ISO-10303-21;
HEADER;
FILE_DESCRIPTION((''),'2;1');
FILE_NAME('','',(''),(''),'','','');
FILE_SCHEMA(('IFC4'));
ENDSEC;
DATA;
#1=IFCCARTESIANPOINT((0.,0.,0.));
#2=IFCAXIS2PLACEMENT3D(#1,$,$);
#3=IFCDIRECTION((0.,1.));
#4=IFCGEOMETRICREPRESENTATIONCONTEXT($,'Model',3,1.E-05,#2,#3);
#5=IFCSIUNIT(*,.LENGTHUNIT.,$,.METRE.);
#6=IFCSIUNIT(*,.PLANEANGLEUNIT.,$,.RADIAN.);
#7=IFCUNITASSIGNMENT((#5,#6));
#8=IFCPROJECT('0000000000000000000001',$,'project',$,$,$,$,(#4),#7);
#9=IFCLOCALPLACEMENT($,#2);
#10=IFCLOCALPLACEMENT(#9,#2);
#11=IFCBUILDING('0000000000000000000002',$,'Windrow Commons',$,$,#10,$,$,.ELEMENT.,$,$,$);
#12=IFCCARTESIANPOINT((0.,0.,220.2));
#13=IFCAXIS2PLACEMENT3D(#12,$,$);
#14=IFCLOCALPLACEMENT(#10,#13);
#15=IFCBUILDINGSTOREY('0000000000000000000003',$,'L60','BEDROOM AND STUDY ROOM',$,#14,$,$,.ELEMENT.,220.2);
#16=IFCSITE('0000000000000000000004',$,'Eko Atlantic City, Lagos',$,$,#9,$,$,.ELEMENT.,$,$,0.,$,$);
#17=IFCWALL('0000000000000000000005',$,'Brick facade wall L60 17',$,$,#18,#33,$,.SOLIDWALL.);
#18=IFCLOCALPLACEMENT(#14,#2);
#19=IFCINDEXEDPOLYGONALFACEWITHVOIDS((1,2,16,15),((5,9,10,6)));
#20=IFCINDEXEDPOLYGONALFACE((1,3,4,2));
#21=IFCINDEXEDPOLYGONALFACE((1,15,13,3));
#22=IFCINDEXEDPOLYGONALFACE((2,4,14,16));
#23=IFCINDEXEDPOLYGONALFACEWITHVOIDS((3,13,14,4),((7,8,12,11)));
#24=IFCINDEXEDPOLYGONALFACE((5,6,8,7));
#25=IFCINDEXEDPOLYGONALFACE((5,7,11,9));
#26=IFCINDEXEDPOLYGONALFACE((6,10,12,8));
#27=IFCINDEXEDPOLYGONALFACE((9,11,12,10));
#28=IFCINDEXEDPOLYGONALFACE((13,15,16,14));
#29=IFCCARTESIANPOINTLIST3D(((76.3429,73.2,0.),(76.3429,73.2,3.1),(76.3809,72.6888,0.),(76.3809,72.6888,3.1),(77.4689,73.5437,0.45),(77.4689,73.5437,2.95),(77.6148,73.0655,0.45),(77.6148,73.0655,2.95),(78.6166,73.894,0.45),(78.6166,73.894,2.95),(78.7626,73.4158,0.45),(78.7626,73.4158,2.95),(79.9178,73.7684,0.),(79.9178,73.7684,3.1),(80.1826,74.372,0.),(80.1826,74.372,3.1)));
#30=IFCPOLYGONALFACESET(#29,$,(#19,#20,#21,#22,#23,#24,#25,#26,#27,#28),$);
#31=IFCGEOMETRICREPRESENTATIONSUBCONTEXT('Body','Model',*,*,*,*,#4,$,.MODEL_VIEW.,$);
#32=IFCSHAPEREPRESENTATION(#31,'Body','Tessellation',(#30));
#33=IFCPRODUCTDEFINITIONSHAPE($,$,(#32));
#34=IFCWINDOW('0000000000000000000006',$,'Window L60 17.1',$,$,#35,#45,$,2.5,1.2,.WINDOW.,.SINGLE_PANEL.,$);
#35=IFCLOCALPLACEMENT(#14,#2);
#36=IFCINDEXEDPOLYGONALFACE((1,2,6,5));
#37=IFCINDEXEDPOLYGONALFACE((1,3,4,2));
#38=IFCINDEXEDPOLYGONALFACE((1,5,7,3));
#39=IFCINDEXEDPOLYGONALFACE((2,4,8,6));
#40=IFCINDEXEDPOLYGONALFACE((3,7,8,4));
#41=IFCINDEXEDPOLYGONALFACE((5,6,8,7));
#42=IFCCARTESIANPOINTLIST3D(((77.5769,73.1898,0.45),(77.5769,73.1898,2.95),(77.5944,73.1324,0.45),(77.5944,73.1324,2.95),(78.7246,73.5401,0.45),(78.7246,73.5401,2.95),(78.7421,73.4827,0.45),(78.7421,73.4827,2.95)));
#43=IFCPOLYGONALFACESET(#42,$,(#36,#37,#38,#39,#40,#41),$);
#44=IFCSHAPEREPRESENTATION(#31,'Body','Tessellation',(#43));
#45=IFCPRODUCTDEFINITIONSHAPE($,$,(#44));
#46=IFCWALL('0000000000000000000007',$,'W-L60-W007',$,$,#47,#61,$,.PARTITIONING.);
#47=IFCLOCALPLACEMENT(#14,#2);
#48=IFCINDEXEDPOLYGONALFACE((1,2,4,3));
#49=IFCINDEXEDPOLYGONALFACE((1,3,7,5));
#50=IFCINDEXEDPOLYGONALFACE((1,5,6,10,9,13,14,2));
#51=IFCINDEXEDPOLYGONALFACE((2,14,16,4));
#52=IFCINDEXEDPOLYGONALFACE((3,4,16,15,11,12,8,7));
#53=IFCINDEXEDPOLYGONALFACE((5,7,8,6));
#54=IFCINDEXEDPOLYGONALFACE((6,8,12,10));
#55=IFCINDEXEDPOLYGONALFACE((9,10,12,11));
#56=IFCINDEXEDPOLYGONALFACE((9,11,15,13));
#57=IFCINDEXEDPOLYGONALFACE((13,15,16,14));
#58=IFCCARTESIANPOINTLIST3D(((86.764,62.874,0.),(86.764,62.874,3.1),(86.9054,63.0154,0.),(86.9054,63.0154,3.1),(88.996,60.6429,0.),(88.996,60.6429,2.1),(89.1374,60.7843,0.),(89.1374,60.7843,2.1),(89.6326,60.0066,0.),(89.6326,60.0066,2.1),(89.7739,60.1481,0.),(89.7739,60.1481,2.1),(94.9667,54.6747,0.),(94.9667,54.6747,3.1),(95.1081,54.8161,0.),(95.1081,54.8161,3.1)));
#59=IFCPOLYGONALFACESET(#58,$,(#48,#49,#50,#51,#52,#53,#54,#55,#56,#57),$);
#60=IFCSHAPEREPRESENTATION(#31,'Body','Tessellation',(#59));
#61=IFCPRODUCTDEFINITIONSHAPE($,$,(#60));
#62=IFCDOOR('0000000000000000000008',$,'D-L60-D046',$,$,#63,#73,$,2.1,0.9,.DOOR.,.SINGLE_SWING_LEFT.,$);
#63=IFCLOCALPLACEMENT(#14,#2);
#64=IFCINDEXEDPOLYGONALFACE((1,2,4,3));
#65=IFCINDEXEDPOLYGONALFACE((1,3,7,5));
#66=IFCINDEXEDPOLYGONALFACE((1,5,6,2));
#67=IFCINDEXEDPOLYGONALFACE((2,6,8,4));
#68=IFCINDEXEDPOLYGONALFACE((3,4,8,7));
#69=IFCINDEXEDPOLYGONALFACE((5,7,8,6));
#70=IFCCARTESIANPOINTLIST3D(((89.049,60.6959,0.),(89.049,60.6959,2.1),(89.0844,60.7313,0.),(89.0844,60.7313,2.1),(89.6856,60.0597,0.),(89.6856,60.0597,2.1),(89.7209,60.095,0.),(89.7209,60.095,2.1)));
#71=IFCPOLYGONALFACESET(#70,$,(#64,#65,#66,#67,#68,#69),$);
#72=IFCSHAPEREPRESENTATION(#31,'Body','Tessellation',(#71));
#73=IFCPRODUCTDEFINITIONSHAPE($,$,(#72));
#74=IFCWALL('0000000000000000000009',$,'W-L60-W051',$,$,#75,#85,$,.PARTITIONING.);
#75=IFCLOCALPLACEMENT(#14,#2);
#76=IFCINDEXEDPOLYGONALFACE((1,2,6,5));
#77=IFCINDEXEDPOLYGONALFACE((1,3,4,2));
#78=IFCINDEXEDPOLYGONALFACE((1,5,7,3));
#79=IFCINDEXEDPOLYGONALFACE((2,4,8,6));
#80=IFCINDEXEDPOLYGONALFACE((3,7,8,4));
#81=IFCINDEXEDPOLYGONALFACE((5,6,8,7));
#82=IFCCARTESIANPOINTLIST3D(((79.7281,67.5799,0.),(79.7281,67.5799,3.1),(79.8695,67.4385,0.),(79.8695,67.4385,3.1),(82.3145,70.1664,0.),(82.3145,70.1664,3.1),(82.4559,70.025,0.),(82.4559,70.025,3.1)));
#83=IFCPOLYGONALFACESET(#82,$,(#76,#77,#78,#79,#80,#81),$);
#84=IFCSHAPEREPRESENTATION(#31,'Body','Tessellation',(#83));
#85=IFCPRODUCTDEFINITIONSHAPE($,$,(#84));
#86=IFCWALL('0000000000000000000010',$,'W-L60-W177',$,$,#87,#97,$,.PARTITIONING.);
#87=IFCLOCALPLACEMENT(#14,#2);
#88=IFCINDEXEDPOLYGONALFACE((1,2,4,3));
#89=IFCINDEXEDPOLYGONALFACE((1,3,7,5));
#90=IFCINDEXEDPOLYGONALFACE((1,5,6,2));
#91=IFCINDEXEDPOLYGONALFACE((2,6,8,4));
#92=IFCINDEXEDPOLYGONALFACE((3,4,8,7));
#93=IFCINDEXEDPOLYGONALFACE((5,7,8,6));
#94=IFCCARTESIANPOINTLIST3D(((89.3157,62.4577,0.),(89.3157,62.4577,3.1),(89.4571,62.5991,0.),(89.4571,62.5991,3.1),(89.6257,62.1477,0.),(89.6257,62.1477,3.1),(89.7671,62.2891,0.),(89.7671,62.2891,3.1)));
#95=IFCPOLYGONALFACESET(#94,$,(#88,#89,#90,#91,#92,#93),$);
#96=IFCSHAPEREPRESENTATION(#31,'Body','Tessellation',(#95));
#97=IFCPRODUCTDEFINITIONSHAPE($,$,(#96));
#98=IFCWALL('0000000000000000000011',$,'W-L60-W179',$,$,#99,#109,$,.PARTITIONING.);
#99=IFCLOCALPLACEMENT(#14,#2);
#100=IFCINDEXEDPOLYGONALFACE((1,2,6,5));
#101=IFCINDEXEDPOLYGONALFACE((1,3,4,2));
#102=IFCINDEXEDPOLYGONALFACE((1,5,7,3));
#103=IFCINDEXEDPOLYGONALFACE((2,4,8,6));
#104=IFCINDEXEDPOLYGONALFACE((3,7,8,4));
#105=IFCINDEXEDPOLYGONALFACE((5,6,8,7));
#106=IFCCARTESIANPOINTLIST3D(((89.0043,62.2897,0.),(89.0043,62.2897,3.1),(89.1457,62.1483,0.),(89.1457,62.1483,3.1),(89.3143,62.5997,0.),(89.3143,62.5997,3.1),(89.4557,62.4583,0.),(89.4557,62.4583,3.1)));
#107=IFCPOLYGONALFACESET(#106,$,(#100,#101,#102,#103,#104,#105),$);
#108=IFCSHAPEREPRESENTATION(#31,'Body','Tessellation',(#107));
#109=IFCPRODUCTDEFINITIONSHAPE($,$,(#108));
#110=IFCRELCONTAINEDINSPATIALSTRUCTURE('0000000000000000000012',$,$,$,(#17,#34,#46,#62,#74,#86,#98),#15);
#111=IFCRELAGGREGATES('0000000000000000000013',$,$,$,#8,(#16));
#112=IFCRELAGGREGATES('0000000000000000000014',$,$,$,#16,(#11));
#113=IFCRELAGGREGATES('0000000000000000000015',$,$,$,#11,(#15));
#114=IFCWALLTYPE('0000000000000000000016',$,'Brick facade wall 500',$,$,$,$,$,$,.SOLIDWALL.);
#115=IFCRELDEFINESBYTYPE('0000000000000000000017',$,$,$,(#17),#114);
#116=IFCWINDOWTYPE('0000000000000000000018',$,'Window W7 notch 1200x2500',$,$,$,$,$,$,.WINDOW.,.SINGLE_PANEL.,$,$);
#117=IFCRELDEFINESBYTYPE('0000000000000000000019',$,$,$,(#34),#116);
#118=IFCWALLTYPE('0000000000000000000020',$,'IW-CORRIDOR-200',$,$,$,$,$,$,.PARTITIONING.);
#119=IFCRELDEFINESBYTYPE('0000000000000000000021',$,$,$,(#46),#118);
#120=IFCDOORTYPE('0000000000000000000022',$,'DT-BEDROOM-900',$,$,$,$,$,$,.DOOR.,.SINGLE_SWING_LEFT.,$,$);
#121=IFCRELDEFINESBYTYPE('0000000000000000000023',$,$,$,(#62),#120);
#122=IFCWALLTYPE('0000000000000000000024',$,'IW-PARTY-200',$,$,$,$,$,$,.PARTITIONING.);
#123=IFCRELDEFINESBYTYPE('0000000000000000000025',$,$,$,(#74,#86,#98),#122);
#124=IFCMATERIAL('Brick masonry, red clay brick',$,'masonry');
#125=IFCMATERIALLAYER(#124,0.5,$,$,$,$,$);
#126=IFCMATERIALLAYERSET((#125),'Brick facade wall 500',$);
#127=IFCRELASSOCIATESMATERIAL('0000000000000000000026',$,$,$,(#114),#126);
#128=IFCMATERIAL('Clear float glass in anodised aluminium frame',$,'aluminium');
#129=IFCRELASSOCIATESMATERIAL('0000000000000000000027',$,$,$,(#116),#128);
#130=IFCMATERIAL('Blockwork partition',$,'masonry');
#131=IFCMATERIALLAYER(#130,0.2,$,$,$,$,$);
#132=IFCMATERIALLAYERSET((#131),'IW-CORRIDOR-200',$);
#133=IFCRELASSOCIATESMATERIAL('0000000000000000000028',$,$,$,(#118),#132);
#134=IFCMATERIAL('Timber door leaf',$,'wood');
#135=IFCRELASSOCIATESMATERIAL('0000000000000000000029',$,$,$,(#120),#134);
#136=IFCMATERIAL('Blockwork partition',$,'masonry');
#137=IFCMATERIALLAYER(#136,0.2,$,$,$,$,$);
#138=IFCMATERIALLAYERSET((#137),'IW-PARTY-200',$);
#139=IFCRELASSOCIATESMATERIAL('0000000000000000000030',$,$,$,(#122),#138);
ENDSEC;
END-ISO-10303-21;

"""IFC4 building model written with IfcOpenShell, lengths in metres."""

from ifc_helpers import new_model, si_unit, direction, frame, frame_2d, origin, place, context, subcontext, project, spatial, polyline, rectangle, outline, extrude, material, layer, layer_set, type_object, element, fill, save


model = new_model("IFC4")

# Units and contexts
model_context = context("Model", 3, precision=1e-05, world=origin(), true_north=direction((0.0, 1.0)))
body_context = subcontext(model_context, "Body", "Model", "MODEL_VIEW")
ifc_project = project(units=[si_unit("LENGTHUNIT", "METRE"), si_unit("PLANEANGLEUNIT", "RADIAN")], contexts=[model_context])

# Site, building, storey
site_placement = place(None, origin())
site = spatial("IfcSite", under=ifc_project, at=site_placement, Name="Eko Atlantic City, Lagos", CompositionType="ELEMENT", RefElevation=0.0)
building_placement = place(site_placement, origin())
building = spatial("IfcBuilding", under=site, at=building_placement, Name="Windrow Commons", CompositionType="ELEMENT")
storey_placement = place(building_placement, frame((0.0, 0.0, 220.2)))
storey = spatial("IfcBuildingStorey", under=building, at=storey_placement, Name="L60", Description="BEDROOM AND STUDY ROOM", CompositionType="ELEMENT", Elevation=220.2)

# Wall, opening, window
ifc_material_1 = material(Name="Brick masonry, red clay brick", Category="masonry")
ifc_layer_1 = layer(ifc_material_1, 0.5)
ifc_layer_set_1 = layer_set([ifc_layer_1], Name="Brick facade wall 500")
wall_type_1 = type_object("IfcWallType", Name="Brick facade wall 500", PredefinedType="SOLIDWALL", material=ifc_layer_set_1)
ifc_material_2 = material(Name="Clear float glass in anodised aluminium frame", Category="aluminium")
window_type = type_object("IfcWindowType", Name="Window W7 notch 1200x2500", PartitioningType="SINGLE_PANEL", PredefinedType="WINDOW", material=ifc_material_2)
wall_1_placement = place(storey_placement, frame((80.0502, 74.0702, 0.0), z_axis=(0.0, 0.0, 1.0), x_axis=(-0.956437, -0.291939, 0.0)))
wall_1 = element("IfcWall", 1, at=wall_1_placement, inside=storey, type_object=wall_type_1, Name="Brick facade wall L60 17", PredefinedType="SOLIDWALL", context=body_context, shape_type="SweptSolid", body=[
    extrude(outline(polyline([(-0.2147, -0.25), (3.7998, -0.25), (3.9127, 0.25), (0.2147, 0.25), (-0.2147, -0.25)])), origin(), (0.0, 0.0, 1.0), 3.1),
])
opening_1_placement = place(wall_1_placement, frame((1.4226, 0.0, 0.45)))
opening_1 = element("IfcOpeningElement", 2, at=opening_1_placement, cuts=wall_1, PredefinedType="OPENING", context=body_context, shape_type="SweptSolid", body=[
    extrude(rectangle(XDim=1.2, YDim=2.5, at=frame_2d((0.6, 1.25))), frame((0.0, 0.26, 0.0), z_axis=(0.0, -1.0, 0.0), x_axis=(1.0, 0.0, 0.0)), (0.0, 0.0, 1.0), 0.52),
])
window_1_placement = place(opening_1_placement, origin())
window_1 = element("IfcWindow", 3, at=window_1_placement, inside=storey, type_object=window_type, Name="Window L60 17.1", OverallHeight=2.5, OverallWidth=1.2, PartitioningType="SINGLE_PANEL", PredefinedType="WINDOW", context=body_context, shape_type="SweptSolid", body=[
    extrude(rectangle(XDim=1.2, YDim=2.5, at=frame_2d((0.6, 1.25))), frame((0.0, 0.18, 0.0), z_axis=(0.0, -1.0, 0.0), x_axis=(1.0, 0.0, 0.0)), (0.0, 0.0, 1.0), 0.06),
])
fill(opening_1, window_1)

# Wall, opening, door
ifc_material_3 = material(Name="Blockwork partition", Category="masonry")
ifc_layer_2 = layer(ifc_material_3, 0.2)
ifc_layer_set_2 = layer_set([ifc_layer_2], Name="IW-CORRIDOR-200")
wall_type_2 = type_object("IfcWallType", Name="IW-CORRIDOR-200", PredefinedType="PARTITIONING", material=ifc_layer_set_2)
wall_2_placement = place(storey_placement, frame((86.8347, 62.9447, 0.0), z_axis=(0.0, 0.0, 1.0), x_axis=(0.707253, -0.70696, 0.0)))
wall_2 = element("IfcWall", 4, at=wall_2_placement, inside=storey, type_object=wall_type_2, Name="W-L60-W007", PredefinedType="PARTITIONING", context=body_context, shape_type="SweptSolid", body=[
    extrude(rectangle(XDim=11.598, YDim=0.2, at=frame_2d((5.799, 0.0))), origin(), (0.0, 0.0, 1.0), 3.1),
])
opening_2_placement = place(wall_2_placement, frame((3.1559, 0.0, 0.0)))
opening_2 = element("IfcOpeningElement", 5, at=opening_2_placement, cuts=wall_2, PredefinedType="OPENING", context=body_context, shape_type="SweptSolid", body=[
    extrude(rectangle(XDim=0.9, YDim=2.1, at=frame_2d((0.45, 1.05))), frame((0.0, 0.11, 0.0), z_axis=(0.0, -1.0, 0.0), x_axis=(1.0, 0.0, 0.0)), (0.0, 0.0, 1.0), 0.22),
])
ifc_material_4 = material(Name="Timber door leaf", Category="wood")
door_type = type_object("IfcDoorType", Name="DT-BEDROOM-900", OperationType="SINGLE_SWING_LEFT", PredefinedType="DOOR", material=ifc_material_4)
door_placement = place(opening_2_placement, origin())
door = element("IfcDoor", 6, at=door_placement, inside=storey, type_object=door_type, Name="D-L60-D046", OperationType="SINGLE_SWING_LEFT", OverallHeight=2.1, OverallWidth=0.9, PredefinedType="DOOR", context=body_context, shape_type="SweptSolid", body=[
    extrude(rectangle(XDim=0.9, YDim=2.1, at=frame_2d((0.45, 1.05))), frame((0.0, 0.025, 0.0), z_axis=(0.0, -1.0, 0.0), x_axis=(1.0, 0.0, 0.0)), (0.0, 0.0, 1.0), 0.05),
])
fill(opening_2, door)

# Walls
ifc_material_5 = material(Name="Blockwork partition", Category="masonry")
ifc_layer_3 = layer(ifc_material_5, 0.2)
ifc_layer_set_3 = layer_set([ifc_layer_3], Name="IW-PARTY-200")
wall_type_3 = type_object("IfcWallType", Name="IW-PARTY-200", PredefinedType="PARTITIONING", material=ifc_layer_set_3)
wall_3_placement = place(storey_placement, frame((79.7988, 67.5092, 0.0), z_axis=(0.0, 0.0, 1.0), x_axis=(0.707093, 0.70712, 0.0)))
element("IfcWall", 7, at=wall_3_placement, inside=storey, type_object=wall_type_3, Name="W-L60-W051", PredefinedType="PARTITIONING", context=body_context, shape_type="SweptSolid", body=[
    extrude(rectangle(XDim=3.6578, YDim=0.2, at=frame_2d((1.8289, 0.0))), origin(), (0.0, 0.0, 1.0), 3.1),
])
for number, where, z_axis, x_axis, name in (
    (8, (89.3864, 62.5284, 0.0), (0.0, 0.0, 1.0), (0.707107, -0.707107, 0.0), "W-L60-W177"),
    (9, (89.075, 62.219, 0.0), (0.0, 0.0, 1.0), (0.707107, 0.707107, 0.0), "W-L60-W179"),
):
    element("IfcWall", number, at=place(storey_placement, frame(where, z_axis=z_axis, x_axis=x_axis)), inside=storey, type_object=wall_type_3, Name=name, PredefinedType="PARTITIONING", context=body_context, shape_type="SweptSolid", body=[
        extrude(rectangle(XDim=0.4384, YDim=0.2, at=frame_2d((0.2192, 0.0))), origin(), (0.0, 0.0, 1.0), 3.1),
    ])

save(model, "model.ifc")
